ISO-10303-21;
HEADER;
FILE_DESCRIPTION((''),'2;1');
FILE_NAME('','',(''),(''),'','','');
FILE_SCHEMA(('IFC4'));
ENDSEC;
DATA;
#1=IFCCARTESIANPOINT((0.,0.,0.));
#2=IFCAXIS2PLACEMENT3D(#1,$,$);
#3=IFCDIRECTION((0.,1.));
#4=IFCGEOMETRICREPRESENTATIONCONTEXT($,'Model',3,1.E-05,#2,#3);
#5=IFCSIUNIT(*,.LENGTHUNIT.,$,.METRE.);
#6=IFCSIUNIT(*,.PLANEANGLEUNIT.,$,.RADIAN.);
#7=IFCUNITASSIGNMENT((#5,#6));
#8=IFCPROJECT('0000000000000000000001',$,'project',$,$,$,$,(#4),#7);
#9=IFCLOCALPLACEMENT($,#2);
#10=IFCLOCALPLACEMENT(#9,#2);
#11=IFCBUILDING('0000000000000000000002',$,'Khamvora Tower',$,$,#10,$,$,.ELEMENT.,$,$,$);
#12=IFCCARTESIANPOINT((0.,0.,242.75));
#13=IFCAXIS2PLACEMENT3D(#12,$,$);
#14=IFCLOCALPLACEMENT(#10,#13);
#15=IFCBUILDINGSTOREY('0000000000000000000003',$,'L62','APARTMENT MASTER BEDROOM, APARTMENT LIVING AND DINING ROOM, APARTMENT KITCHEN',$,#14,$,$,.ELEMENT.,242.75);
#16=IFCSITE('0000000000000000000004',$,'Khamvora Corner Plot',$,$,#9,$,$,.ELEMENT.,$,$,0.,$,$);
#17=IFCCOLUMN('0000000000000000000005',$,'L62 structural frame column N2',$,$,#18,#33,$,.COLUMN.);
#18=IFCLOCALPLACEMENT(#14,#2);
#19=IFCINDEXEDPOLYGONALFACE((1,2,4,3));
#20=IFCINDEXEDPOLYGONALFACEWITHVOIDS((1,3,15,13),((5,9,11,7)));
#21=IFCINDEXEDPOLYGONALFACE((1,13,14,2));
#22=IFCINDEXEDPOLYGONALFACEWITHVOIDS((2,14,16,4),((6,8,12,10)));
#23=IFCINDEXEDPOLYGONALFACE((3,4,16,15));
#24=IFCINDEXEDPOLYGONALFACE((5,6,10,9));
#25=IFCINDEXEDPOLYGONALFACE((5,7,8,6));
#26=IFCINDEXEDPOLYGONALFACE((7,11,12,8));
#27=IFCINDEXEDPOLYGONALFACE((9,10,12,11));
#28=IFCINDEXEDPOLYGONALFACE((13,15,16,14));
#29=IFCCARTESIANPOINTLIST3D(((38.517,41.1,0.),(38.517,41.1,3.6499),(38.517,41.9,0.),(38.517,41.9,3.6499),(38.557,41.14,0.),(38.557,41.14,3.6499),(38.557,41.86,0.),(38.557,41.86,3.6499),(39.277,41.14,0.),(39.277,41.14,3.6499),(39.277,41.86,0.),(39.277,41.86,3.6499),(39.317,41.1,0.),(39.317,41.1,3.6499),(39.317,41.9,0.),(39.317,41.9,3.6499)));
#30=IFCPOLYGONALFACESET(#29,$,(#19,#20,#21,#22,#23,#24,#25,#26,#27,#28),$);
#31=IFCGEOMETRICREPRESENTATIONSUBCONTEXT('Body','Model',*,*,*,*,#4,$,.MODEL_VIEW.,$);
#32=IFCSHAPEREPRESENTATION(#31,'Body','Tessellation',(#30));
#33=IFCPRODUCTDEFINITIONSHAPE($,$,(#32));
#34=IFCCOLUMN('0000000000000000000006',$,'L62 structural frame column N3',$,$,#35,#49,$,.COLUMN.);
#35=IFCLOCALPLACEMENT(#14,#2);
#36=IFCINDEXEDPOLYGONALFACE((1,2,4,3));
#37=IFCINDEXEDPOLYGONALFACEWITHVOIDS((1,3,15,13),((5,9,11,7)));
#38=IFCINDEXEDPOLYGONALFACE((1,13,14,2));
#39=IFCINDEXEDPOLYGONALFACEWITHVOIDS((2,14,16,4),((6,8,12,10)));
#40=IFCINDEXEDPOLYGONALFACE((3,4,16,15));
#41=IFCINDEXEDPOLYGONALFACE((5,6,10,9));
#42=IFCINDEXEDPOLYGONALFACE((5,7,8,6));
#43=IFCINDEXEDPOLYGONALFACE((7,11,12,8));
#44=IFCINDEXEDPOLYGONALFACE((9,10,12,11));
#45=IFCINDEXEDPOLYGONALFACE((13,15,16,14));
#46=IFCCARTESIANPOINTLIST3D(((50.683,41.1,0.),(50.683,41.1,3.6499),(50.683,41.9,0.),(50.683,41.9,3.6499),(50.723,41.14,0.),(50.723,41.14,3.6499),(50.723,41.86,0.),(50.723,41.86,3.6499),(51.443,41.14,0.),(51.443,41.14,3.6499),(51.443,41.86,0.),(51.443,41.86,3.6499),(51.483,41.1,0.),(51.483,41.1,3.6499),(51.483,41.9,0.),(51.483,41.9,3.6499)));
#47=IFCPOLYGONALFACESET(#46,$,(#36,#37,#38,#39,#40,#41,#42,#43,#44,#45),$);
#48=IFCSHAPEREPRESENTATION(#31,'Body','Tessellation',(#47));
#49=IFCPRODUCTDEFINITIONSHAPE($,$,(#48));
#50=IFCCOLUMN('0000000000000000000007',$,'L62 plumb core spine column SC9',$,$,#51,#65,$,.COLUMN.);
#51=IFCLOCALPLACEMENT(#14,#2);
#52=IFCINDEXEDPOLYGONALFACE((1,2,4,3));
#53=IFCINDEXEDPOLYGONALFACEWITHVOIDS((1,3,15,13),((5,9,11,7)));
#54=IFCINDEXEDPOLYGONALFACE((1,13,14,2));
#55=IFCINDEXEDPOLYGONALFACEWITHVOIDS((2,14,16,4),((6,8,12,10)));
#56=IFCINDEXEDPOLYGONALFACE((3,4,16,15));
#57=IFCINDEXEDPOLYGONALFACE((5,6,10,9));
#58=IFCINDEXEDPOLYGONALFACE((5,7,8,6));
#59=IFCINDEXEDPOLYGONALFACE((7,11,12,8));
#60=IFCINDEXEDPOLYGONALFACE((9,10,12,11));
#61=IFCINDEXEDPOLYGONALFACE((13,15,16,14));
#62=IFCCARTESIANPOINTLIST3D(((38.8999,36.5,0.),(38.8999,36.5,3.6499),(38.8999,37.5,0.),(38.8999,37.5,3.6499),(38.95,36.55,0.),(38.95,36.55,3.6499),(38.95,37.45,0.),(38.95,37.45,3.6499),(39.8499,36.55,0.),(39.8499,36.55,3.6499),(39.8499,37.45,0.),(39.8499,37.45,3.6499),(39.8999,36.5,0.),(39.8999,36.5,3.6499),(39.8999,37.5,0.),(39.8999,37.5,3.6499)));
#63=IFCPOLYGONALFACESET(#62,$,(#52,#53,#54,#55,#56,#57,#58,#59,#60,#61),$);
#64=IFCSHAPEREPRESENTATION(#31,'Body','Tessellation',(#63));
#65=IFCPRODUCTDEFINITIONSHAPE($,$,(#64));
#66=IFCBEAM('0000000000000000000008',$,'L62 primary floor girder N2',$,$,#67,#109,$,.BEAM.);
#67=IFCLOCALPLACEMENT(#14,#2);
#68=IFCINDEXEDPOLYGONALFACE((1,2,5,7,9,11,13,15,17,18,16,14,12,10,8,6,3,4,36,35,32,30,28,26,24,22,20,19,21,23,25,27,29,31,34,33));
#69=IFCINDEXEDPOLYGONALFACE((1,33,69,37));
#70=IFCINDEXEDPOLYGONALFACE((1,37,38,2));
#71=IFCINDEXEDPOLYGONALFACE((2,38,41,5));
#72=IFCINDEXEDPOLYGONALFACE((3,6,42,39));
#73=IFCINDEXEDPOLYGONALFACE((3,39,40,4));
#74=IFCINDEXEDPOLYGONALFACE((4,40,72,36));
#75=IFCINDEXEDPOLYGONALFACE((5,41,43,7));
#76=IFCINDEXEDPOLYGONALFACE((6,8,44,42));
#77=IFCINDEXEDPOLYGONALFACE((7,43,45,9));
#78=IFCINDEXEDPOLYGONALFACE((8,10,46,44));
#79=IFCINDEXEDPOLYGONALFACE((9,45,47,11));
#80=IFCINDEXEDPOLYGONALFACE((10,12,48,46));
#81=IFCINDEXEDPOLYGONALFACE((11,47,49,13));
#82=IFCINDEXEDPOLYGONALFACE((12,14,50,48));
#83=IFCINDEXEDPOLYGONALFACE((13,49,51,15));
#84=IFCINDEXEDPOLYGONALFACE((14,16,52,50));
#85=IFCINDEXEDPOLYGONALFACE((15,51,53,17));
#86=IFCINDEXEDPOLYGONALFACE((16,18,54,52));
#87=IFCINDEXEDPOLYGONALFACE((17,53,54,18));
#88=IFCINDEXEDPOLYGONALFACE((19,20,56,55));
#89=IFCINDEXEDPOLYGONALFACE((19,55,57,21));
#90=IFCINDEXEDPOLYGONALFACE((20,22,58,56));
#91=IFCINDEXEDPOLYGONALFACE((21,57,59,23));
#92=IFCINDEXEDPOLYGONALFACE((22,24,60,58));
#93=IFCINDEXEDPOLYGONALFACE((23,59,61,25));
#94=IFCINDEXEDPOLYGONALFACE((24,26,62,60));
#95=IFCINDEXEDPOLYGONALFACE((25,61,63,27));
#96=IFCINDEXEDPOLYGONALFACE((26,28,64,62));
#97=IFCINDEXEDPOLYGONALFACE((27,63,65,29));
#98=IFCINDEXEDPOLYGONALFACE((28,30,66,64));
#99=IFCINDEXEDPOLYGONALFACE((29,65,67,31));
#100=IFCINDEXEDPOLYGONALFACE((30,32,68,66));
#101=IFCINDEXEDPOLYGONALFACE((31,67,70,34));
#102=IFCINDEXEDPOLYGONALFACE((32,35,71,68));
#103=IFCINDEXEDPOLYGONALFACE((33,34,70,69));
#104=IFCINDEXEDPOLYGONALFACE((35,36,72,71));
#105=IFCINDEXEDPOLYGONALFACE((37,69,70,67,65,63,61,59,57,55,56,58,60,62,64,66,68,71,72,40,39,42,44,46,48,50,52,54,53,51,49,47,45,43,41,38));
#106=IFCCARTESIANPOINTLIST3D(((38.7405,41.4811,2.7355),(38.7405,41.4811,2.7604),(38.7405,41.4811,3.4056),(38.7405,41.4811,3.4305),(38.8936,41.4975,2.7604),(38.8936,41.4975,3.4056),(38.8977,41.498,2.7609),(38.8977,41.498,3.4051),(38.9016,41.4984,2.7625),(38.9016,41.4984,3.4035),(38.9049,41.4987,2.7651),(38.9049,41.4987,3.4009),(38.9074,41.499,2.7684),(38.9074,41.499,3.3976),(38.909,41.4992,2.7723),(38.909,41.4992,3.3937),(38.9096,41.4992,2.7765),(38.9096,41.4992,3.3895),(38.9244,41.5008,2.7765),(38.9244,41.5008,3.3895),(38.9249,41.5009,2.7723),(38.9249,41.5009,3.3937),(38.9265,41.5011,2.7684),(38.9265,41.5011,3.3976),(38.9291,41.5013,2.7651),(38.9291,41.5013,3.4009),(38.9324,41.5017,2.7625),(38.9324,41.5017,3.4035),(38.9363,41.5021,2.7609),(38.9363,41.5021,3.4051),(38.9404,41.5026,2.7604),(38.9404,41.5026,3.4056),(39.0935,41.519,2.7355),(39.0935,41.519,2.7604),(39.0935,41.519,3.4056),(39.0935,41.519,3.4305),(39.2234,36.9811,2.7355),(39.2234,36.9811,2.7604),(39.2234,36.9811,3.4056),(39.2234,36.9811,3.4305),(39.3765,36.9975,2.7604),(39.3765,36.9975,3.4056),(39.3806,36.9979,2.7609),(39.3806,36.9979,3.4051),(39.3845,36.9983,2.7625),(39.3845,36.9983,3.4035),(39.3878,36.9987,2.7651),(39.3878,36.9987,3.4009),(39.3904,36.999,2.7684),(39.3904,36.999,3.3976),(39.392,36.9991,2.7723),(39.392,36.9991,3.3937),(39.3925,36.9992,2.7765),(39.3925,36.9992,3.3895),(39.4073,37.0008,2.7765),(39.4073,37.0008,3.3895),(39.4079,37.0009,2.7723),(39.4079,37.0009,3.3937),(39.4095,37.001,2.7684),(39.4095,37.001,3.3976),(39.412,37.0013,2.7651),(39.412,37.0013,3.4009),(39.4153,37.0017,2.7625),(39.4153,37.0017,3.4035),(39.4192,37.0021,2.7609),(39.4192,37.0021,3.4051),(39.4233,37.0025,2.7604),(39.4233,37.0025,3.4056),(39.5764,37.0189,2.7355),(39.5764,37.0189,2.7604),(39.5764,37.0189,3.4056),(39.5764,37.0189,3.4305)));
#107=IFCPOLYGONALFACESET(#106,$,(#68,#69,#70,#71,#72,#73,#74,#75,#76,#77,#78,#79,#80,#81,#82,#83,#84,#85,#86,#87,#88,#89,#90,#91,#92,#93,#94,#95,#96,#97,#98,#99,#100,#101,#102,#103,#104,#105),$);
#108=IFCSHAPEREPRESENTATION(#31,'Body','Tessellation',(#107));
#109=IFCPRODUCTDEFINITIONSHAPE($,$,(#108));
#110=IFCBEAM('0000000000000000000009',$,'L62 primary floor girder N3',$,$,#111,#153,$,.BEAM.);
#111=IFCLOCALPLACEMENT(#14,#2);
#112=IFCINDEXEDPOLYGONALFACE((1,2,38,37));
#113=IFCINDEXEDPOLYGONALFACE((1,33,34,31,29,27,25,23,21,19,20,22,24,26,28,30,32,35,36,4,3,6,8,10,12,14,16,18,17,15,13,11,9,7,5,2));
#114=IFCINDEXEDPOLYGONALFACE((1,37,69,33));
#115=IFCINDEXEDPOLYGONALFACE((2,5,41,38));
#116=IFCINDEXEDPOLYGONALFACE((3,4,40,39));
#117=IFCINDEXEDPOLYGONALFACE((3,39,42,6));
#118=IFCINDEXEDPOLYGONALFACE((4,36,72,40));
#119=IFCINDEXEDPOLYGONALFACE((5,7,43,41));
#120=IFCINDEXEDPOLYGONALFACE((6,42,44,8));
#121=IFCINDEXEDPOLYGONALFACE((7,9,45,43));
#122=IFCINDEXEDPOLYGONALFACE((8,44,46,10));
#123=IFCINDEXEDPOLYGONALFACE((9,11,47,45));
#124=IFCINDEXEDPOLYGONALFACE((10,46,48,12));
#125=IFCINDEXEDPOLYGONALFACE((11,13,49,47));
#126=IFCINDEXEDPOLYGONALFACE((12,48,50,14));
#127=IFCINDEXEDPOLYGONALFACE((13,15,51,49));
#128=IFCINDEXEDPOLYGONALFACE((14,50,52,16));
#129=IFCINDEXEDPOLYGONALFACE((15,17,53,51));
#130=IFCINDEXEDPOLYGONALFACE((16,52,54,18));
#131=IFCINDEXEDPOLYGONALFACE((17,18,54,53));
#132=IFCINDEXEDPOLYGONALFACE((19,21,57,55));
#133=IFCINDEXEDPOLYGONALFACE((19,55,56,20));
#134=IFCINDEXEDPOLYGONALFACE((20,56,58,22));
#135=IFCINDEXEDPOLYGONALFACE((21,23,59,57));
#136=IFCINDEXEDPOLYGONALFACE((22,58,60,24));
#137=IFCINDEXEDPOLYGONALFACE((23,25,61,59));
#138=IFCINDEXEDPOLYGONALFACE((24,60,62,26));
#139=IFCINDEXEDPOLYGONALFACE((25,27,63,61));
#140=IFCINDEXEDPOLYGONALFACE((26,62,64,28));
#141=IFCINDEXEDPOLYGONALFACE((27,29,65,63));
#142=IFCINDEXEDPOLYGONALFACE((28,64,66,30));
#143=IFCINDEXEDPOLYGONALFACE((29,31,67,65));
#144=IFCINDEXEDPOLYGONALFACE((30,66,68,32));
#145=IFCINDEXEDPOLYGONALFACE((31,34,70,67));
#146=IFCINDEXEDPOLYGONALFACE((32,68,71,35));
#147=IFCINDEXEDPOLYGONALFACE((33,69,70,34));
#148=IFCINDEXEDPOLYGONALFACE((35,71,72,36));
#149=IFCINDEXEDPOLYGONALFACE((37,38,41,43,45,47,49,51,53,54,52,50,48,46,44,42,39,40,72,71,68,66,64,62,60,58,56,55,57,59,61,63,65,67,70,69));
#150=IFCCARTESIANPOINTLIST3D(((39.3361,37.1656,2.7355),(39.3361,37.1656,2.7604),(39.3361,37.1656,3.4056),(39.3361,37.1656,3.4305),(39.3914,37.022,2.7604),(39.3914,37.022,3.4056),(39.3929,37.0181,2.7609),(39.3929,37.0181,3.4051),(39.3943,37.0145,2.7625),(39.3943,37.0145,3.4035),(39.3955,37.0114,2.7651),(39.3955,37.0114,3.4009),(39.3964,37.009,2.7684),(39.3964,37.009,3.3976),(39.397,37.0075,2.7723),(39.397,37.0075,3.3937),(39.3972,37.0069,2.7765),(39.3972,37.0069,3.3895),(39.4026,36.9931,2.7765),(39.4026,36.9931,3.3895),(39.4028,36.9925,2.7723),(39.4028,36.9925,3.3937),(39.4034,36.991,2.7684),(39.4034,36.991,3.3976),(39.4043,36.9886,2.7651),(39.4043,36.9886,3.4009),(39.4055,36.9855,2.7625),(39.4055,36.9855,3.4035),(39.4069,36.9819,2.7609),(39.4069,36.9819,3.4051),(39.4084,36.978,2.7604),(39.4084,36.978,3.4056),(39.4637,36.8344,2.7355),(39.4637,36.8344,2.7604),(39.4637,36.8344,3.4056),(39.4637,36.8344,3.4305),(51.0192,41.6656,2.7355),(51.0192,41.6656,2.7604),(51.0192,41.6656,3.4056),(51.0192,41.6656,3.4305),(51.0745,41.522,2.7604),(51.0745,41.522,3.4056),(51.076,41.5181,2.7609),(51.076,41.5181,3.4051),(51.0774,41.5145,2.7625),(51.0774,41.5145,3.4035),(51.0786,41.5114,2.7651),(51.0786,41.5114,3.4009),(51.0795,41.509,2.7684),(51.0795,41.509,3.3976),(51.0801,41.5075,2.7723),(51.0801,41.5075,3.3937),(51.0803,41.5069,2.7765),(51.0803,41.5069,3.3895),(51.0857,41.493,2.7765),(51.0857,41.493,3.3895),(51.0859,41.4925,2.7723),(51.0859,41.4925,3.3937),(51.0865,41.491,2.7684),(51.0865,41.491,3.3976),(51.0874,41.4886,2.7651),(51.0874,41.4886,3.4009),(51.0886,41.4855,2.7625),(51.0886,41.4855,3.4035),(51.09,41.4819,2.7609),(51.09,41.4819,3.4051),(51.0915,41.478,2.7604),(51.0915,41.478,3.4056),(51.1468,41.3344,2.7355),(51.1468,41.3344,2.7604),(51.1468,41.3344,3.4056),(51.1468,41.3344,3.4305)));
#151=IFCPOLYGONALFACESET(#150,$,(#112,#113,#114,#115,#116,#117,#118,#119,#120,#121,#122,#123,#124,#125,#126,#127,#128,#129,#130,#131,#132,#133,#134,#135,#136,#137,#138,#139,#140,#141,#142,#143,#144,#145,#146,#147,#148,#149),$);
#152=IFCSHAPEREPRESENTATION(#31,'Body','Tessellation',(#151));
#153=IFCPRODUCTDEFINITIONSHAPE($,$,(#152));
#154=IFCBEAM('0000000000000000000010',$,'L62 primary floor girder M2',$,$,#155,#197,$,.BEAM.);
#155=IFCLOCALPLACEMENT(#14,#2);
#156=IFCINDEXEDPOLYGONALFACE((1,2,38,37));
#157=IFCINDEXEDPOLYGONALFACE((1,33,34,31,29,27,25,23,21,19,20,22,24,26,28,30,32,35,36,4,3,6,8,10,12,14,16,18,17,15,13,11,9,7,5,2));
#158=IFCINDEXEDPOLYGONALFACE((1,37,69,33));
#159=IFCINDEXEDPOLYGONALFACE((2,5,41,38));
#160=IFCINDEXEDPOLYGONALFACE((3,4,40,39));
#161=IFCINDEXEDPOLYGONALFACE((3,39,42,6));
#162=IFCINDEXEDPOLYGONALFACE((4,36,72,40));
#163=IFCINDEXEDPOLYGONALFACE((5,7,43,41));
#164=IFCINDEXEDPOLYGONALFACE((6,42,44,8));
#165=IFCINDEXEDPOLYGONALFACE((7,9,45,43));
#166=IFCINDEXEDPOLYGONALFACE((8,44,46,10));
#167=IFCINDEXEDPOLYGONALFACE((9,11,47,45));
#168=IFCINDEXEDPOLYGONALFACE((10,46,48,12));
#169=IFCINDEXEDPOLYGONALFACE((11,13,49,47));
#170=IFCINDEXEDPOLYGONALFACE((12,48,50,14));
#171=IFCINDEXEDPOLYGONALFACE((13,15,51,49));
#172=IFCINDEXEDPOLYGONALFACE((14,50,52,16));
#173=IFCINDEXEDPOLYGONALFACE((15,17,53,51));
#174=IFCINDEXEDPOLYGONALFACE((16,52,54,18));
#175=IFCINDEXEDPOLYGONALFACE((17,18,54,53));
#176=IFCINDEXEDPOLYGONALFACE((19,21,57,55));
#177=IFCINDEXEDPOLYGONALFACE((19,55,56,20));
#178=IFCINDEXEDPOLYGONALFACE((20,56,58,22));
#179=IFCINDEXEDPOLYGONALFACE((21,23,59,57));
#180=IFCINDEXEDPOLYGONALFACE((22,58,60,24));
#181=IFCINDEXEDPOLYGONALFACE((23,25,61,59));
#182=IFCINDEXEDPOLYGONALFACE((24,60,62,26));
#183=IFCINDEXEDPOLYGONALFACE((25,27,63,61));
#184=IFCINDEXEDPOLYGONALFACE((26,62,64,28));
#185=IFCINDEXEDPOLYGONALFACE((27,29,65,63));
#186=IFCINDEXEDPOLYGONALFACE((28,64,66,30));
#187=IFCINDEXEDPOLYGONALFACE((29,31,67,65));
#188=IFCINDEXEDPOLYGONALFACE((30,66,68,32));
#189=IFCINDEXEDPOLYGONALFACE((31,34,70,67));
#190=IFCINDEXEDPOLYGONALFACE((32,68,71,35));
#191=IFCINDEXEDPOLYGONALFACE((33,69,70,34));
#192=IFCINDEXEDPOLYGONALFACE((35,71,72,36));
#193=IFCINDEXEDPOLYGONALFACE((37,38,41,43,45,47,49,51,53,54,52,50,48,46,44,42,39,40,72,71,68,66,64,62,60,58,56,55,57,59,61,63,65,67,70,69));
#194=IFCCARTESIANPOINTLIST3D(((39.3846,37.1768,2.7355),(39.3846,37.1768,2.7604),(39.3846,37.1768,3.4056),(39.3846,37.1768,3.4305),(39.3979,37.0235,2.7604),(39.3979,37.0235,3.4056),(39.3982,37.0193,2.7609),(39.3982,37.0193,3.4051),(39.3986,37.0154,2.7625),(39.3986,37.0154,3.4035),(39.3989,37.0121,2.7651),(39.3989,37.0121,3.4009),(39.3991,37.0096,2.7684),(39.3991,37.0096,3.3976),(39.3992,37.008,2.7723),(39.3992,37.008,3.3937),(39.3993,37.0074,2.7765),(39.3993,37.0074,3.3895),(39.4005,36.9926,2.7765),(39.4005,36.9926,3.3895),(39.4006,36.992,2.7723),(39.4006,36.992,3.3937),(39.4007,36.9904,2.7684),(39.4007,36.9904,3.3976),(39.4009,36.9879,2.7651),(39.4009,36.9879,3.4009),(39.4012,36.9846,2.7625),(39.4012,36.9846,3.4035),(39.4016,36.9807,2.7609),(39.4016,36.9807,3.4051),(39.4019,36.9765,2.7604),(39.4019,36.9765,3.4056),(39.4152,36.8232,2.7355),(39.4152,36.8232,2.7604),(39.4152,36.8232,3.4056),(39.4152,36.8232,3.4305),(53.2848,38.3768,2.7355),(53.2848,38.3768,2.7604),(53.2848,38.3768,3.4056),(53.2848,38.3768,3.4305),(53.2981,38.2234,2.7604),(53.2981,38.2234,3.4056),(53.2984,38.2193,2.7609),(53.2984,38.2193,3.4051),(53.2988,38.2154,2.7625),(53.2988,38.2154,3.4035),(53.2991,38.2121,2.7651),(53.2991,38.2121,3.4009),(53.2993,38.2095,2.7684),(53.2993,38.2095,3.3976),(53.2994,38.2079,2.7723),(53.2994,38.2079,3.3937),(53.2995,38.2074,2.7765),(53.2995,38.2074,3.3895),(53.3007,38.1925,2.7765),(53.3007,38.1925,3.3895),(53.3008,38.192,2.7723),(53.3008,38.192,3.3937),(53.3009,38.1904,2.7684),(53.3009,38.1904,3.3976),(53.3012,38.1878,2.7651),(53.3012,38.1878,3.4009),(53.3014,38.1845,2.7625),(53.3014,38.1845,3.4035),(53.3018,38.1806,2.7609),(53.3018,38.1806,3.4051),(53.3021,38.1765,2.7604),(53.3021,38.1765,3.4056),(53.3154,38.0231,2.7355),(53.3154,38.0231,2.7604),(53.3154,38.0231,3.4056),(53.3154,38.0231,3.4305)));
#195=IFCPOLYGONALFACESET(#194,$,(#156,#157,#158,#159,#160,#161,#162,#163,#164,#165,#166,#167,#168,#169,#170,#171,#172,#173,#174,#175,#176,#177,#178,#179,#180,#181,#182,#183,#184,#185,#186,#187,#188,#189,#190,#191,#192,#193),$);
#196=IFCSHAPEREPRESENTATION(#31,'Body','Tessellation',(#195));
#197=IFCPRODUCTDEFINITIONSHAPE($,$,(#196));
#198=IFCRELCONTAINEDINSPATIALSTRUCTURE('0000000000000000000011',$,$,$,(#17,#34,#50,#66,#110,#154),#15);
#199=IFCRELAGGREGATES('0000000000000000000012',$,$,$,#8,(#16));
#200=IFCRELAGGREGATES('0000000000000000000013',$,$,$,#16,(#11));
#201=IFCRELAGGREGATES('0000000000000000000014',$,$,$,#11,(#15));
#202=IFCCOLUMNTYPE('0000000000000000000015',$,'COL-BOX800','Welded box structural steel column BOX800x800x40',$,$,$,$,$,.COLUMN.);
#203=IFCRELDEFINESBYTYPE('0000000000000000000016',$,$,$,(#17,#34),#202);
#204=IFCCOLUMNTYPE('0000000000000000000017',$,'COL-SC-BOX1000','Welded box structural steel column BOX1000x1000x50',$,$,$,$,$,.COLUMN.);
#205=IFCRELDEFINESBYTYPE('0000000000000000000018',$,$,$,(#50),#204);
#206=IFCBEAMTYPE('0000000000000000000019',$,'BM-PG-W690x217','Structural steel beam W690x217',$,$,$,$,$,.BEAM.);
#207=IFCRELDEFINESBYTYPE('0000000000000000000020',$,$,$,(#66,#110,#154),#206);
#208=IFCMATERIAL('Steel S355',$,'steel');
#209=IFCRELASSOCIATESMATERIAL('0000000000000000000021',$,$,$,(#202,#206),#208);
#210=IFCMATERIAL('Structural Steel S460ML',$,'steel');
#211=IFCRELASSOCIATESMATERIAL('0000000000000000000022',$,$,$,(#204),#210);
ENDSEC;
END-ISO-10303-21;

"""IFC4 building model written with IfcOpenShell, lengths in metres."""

from ifc_helpers import new_model, si_unit, direction, frame, origin, origin_2d, place, context, subcontext, project, spatial, hollow_rectangle, i_section, extrude, material, material_profile, profile_set, type_object, element, save


model = new_model("IFC4")

# Units and contexts
model_context = context("Model", 3, precision=1e-05, world=origin(), true_north=direction((0.0, 1.0)))
body_context = subcontext(model_context, "Body", "Model", "MODEL_VIEW")
ifc_project = project(units=[si_unit("LENGTHUNIT", "METRE"), si_unit("PLANEANGLEUNIT", "RADIAN")], contexts=[model_context])

# Site, building, storey
site_placement = place(None, origin())
site = spatial("IfcSite", under=ifc_project, at=site_placement, Name="Khamvora Corner Plot", CompositionType="ELEMENT", RefElevation=0.0)
building_placement = place(site_placement, origin())
building = spatial("IfcBuilding", under=site, at=building_placement, Name="Khamvora Tower", CompositionType="ELEMENT")
storey_placement = place(building_placement, frame((0.0, 0.0, 242.75)))
storey = spatial("IfcBuildingStorey", under=building, at=storey_placement, Name="L62", Description="APARTMENT MASTER BEDROOM, APARTMENT LIVING AND DINING ROOM, APARTMENT KITCHEN", CompositionType="ELEMENT", Elevation=242.75)

# Columns
ifc_material_1 = material(Name="Steel S355", Category="steel")
ifc_material_profile_1 = material_profile(ifc_material_1, hollow_rectangle(XDim=0.8, YDim=0.8, WallThickness=0.04, at=origin_2d()), Name="BOX800x800x40")
ifc_profile_set_1 = profile_set([ifc_material_profile_1], Name="Steel S355")
column_type_1 = type_object("IfcColumnType", Name="COL-BOX800", Description="Welded box structural steel column BOX800x800x40", PredefinedType="COLUMN", material=ifc_profile_set_1)
for number, where, z_axis, x_axis, name in (
    (1, (38.917, 41.5, 0.0), (0.0, 0.0, 1.0), (1.0, 0.0, 0.0), "L62 structural frame column N2"),
    (2, (51.083, 41.5, 0.0), (0.0, 0.0, 1.0), (1.0, 0.0, 0.0), "L62 structural frame column N3"),
):
    element("IfcColumn", number, at=place(storey_placement, frame(where, z_axis=z_axis, x_axis=x_axis)), inside=storey, type_object=column_type_1, Name=name, PredefinedType="COLUMN", context=body_context, shape_type="SweptSolid", body=[
        extrude(hollow_rectangle(XDim=0.8, YDim=0.8, WallThickness=0.04, at=origin_2d()), origin(), (0.0, 0.0, 1.0), 3.6499),
    ])
ifc_material_2 = material(Name="Structural Steel S460ML", Category="steel")
ifc_material_profile_2 = material_profile(ifc_material_2, hollow_rectangle(XDim=1.0, YDim=1.0, WallThickness=0.05, at=origin_2d()), Name="BOX1000x1000x50")
ifc_profile_set_2 = profile_set([ifc_material_profile_2], Name="Structural Steel S460ML")
column_type_2 = type_object("IfcColumnType", Name="COL-SC-BOX1000", Description="Welded box structural steel column BOX1000x1000x50", PredefinedType="COLUMN", material=ifc_profile_set_2)
column_placement = place(storey_placement, frame((39.3999, 37.0, 0.0), z_axis=(0.0, 0.0, 1.0), x_axis=(1.0, 0.0, 0.0)))
element("IfcColumn", 3, at=column_placement, inside=storey, type_object=column_type_2, Name="L62 plumb core spine column SC9", PredefinedType="COLUMN", context=body_context, shape_type="SweptSolid", body=[
    extrude(hollow_rectangle(XDim=1.0, YDim=1.0, WallThickness=0.05, at=origin_2d()), origin(), (0.0, 0.0, 1.0), 3.6499),
])

# Beams
ifc_material_profile_3 = material_profile(ifc_material_1, i_section(OverallWidth=0.355, OverallDepth=0.6951, WebThickness=0.0149, FlangeThickness=0.0249, FilletRadius=0.0161, at=origin_2d()), Name="W690x217")
ifc_profile_set_3 = profile_set([ifc_material_profile_3], Name="Steel S355")
beam_type_1 = type_object("IfcBeamType", Name="BM-PG-W690x217", Description="Structural steel beam W690x217", PredefinedType="BEAM", material=ifc_profile_set_3)
beam_1_placement = place(storey_placement, frame((39.3999, 37.0, 3.083), z_axis=(-0.106701, 0.994291, 0.0), x_axis=(-0.994291, -0.106701, 0.0)))
element("IfcBeam", 4, at=beam_1_placement, inside=storey, type_object=beam_type_1, Name="L62 primary floor girder N2", PredefinedType="BEAM", context=body_context, shape_type="SweptSolid", body=[
    extrude(i_section(OverallWidth=0.355, OverallDepth=0.6951, WebThickness=0.0149, FlangeThickness=0.0249, FilletRadius=0.0161, at=origin_2d()), origin(), (0.0, 0.0, 1.0), 4.5259),
])
beam_2_placement = place(storey_placement, frame((39.3999, 37.0, 3.083), z_axis=(0.933172, 0.359431, 0.0), x_axis=(-0.359431, 0.933172, 0.0)))
element("IfcBeam", 5, at=beam_2_placement, inside=storey, type_object=beam_type_1, Name="L62 primary floor girder N3", PredefinedType="BEAM", context=body_context, shape_type="SweptSolid", body=[
    extrude(i_section(OverallWidth=0.355, OverallDepth=0.6951, WebThickness=0.0149, FlangeThickness=0.0249, FilletRadius=0.0161, at=origin_2d()), origin(), (0.0, 0.0, 1.0), 12.5198),
])
beam_3_placement = place(storey_placement, frame((39.3999, 37.0, 3.083), z_axis=(0.996295, 0.086007, 0.0), x_axis=(-0.086007, 0.996295, 0.0)))
element("IfcBeam", 6, at=beam_3_placement, inside=storey, type_object=beam_type_1, Name="L62 primary floor girder M2", PredefinedType="BEAM", context=body_context, shape_type="SweptSolid", body=[
    extrude(i_section(OverallWidth=0.355, OverallDepth=0.6951, WebThickness=0.0149, FlangeThickness=0.0249, FilletRadius=0.0161, at=origin_2d()), origin(), (0.0, 0.0, 1.0), 13.9519),
])

save(model, "model.ifc")
